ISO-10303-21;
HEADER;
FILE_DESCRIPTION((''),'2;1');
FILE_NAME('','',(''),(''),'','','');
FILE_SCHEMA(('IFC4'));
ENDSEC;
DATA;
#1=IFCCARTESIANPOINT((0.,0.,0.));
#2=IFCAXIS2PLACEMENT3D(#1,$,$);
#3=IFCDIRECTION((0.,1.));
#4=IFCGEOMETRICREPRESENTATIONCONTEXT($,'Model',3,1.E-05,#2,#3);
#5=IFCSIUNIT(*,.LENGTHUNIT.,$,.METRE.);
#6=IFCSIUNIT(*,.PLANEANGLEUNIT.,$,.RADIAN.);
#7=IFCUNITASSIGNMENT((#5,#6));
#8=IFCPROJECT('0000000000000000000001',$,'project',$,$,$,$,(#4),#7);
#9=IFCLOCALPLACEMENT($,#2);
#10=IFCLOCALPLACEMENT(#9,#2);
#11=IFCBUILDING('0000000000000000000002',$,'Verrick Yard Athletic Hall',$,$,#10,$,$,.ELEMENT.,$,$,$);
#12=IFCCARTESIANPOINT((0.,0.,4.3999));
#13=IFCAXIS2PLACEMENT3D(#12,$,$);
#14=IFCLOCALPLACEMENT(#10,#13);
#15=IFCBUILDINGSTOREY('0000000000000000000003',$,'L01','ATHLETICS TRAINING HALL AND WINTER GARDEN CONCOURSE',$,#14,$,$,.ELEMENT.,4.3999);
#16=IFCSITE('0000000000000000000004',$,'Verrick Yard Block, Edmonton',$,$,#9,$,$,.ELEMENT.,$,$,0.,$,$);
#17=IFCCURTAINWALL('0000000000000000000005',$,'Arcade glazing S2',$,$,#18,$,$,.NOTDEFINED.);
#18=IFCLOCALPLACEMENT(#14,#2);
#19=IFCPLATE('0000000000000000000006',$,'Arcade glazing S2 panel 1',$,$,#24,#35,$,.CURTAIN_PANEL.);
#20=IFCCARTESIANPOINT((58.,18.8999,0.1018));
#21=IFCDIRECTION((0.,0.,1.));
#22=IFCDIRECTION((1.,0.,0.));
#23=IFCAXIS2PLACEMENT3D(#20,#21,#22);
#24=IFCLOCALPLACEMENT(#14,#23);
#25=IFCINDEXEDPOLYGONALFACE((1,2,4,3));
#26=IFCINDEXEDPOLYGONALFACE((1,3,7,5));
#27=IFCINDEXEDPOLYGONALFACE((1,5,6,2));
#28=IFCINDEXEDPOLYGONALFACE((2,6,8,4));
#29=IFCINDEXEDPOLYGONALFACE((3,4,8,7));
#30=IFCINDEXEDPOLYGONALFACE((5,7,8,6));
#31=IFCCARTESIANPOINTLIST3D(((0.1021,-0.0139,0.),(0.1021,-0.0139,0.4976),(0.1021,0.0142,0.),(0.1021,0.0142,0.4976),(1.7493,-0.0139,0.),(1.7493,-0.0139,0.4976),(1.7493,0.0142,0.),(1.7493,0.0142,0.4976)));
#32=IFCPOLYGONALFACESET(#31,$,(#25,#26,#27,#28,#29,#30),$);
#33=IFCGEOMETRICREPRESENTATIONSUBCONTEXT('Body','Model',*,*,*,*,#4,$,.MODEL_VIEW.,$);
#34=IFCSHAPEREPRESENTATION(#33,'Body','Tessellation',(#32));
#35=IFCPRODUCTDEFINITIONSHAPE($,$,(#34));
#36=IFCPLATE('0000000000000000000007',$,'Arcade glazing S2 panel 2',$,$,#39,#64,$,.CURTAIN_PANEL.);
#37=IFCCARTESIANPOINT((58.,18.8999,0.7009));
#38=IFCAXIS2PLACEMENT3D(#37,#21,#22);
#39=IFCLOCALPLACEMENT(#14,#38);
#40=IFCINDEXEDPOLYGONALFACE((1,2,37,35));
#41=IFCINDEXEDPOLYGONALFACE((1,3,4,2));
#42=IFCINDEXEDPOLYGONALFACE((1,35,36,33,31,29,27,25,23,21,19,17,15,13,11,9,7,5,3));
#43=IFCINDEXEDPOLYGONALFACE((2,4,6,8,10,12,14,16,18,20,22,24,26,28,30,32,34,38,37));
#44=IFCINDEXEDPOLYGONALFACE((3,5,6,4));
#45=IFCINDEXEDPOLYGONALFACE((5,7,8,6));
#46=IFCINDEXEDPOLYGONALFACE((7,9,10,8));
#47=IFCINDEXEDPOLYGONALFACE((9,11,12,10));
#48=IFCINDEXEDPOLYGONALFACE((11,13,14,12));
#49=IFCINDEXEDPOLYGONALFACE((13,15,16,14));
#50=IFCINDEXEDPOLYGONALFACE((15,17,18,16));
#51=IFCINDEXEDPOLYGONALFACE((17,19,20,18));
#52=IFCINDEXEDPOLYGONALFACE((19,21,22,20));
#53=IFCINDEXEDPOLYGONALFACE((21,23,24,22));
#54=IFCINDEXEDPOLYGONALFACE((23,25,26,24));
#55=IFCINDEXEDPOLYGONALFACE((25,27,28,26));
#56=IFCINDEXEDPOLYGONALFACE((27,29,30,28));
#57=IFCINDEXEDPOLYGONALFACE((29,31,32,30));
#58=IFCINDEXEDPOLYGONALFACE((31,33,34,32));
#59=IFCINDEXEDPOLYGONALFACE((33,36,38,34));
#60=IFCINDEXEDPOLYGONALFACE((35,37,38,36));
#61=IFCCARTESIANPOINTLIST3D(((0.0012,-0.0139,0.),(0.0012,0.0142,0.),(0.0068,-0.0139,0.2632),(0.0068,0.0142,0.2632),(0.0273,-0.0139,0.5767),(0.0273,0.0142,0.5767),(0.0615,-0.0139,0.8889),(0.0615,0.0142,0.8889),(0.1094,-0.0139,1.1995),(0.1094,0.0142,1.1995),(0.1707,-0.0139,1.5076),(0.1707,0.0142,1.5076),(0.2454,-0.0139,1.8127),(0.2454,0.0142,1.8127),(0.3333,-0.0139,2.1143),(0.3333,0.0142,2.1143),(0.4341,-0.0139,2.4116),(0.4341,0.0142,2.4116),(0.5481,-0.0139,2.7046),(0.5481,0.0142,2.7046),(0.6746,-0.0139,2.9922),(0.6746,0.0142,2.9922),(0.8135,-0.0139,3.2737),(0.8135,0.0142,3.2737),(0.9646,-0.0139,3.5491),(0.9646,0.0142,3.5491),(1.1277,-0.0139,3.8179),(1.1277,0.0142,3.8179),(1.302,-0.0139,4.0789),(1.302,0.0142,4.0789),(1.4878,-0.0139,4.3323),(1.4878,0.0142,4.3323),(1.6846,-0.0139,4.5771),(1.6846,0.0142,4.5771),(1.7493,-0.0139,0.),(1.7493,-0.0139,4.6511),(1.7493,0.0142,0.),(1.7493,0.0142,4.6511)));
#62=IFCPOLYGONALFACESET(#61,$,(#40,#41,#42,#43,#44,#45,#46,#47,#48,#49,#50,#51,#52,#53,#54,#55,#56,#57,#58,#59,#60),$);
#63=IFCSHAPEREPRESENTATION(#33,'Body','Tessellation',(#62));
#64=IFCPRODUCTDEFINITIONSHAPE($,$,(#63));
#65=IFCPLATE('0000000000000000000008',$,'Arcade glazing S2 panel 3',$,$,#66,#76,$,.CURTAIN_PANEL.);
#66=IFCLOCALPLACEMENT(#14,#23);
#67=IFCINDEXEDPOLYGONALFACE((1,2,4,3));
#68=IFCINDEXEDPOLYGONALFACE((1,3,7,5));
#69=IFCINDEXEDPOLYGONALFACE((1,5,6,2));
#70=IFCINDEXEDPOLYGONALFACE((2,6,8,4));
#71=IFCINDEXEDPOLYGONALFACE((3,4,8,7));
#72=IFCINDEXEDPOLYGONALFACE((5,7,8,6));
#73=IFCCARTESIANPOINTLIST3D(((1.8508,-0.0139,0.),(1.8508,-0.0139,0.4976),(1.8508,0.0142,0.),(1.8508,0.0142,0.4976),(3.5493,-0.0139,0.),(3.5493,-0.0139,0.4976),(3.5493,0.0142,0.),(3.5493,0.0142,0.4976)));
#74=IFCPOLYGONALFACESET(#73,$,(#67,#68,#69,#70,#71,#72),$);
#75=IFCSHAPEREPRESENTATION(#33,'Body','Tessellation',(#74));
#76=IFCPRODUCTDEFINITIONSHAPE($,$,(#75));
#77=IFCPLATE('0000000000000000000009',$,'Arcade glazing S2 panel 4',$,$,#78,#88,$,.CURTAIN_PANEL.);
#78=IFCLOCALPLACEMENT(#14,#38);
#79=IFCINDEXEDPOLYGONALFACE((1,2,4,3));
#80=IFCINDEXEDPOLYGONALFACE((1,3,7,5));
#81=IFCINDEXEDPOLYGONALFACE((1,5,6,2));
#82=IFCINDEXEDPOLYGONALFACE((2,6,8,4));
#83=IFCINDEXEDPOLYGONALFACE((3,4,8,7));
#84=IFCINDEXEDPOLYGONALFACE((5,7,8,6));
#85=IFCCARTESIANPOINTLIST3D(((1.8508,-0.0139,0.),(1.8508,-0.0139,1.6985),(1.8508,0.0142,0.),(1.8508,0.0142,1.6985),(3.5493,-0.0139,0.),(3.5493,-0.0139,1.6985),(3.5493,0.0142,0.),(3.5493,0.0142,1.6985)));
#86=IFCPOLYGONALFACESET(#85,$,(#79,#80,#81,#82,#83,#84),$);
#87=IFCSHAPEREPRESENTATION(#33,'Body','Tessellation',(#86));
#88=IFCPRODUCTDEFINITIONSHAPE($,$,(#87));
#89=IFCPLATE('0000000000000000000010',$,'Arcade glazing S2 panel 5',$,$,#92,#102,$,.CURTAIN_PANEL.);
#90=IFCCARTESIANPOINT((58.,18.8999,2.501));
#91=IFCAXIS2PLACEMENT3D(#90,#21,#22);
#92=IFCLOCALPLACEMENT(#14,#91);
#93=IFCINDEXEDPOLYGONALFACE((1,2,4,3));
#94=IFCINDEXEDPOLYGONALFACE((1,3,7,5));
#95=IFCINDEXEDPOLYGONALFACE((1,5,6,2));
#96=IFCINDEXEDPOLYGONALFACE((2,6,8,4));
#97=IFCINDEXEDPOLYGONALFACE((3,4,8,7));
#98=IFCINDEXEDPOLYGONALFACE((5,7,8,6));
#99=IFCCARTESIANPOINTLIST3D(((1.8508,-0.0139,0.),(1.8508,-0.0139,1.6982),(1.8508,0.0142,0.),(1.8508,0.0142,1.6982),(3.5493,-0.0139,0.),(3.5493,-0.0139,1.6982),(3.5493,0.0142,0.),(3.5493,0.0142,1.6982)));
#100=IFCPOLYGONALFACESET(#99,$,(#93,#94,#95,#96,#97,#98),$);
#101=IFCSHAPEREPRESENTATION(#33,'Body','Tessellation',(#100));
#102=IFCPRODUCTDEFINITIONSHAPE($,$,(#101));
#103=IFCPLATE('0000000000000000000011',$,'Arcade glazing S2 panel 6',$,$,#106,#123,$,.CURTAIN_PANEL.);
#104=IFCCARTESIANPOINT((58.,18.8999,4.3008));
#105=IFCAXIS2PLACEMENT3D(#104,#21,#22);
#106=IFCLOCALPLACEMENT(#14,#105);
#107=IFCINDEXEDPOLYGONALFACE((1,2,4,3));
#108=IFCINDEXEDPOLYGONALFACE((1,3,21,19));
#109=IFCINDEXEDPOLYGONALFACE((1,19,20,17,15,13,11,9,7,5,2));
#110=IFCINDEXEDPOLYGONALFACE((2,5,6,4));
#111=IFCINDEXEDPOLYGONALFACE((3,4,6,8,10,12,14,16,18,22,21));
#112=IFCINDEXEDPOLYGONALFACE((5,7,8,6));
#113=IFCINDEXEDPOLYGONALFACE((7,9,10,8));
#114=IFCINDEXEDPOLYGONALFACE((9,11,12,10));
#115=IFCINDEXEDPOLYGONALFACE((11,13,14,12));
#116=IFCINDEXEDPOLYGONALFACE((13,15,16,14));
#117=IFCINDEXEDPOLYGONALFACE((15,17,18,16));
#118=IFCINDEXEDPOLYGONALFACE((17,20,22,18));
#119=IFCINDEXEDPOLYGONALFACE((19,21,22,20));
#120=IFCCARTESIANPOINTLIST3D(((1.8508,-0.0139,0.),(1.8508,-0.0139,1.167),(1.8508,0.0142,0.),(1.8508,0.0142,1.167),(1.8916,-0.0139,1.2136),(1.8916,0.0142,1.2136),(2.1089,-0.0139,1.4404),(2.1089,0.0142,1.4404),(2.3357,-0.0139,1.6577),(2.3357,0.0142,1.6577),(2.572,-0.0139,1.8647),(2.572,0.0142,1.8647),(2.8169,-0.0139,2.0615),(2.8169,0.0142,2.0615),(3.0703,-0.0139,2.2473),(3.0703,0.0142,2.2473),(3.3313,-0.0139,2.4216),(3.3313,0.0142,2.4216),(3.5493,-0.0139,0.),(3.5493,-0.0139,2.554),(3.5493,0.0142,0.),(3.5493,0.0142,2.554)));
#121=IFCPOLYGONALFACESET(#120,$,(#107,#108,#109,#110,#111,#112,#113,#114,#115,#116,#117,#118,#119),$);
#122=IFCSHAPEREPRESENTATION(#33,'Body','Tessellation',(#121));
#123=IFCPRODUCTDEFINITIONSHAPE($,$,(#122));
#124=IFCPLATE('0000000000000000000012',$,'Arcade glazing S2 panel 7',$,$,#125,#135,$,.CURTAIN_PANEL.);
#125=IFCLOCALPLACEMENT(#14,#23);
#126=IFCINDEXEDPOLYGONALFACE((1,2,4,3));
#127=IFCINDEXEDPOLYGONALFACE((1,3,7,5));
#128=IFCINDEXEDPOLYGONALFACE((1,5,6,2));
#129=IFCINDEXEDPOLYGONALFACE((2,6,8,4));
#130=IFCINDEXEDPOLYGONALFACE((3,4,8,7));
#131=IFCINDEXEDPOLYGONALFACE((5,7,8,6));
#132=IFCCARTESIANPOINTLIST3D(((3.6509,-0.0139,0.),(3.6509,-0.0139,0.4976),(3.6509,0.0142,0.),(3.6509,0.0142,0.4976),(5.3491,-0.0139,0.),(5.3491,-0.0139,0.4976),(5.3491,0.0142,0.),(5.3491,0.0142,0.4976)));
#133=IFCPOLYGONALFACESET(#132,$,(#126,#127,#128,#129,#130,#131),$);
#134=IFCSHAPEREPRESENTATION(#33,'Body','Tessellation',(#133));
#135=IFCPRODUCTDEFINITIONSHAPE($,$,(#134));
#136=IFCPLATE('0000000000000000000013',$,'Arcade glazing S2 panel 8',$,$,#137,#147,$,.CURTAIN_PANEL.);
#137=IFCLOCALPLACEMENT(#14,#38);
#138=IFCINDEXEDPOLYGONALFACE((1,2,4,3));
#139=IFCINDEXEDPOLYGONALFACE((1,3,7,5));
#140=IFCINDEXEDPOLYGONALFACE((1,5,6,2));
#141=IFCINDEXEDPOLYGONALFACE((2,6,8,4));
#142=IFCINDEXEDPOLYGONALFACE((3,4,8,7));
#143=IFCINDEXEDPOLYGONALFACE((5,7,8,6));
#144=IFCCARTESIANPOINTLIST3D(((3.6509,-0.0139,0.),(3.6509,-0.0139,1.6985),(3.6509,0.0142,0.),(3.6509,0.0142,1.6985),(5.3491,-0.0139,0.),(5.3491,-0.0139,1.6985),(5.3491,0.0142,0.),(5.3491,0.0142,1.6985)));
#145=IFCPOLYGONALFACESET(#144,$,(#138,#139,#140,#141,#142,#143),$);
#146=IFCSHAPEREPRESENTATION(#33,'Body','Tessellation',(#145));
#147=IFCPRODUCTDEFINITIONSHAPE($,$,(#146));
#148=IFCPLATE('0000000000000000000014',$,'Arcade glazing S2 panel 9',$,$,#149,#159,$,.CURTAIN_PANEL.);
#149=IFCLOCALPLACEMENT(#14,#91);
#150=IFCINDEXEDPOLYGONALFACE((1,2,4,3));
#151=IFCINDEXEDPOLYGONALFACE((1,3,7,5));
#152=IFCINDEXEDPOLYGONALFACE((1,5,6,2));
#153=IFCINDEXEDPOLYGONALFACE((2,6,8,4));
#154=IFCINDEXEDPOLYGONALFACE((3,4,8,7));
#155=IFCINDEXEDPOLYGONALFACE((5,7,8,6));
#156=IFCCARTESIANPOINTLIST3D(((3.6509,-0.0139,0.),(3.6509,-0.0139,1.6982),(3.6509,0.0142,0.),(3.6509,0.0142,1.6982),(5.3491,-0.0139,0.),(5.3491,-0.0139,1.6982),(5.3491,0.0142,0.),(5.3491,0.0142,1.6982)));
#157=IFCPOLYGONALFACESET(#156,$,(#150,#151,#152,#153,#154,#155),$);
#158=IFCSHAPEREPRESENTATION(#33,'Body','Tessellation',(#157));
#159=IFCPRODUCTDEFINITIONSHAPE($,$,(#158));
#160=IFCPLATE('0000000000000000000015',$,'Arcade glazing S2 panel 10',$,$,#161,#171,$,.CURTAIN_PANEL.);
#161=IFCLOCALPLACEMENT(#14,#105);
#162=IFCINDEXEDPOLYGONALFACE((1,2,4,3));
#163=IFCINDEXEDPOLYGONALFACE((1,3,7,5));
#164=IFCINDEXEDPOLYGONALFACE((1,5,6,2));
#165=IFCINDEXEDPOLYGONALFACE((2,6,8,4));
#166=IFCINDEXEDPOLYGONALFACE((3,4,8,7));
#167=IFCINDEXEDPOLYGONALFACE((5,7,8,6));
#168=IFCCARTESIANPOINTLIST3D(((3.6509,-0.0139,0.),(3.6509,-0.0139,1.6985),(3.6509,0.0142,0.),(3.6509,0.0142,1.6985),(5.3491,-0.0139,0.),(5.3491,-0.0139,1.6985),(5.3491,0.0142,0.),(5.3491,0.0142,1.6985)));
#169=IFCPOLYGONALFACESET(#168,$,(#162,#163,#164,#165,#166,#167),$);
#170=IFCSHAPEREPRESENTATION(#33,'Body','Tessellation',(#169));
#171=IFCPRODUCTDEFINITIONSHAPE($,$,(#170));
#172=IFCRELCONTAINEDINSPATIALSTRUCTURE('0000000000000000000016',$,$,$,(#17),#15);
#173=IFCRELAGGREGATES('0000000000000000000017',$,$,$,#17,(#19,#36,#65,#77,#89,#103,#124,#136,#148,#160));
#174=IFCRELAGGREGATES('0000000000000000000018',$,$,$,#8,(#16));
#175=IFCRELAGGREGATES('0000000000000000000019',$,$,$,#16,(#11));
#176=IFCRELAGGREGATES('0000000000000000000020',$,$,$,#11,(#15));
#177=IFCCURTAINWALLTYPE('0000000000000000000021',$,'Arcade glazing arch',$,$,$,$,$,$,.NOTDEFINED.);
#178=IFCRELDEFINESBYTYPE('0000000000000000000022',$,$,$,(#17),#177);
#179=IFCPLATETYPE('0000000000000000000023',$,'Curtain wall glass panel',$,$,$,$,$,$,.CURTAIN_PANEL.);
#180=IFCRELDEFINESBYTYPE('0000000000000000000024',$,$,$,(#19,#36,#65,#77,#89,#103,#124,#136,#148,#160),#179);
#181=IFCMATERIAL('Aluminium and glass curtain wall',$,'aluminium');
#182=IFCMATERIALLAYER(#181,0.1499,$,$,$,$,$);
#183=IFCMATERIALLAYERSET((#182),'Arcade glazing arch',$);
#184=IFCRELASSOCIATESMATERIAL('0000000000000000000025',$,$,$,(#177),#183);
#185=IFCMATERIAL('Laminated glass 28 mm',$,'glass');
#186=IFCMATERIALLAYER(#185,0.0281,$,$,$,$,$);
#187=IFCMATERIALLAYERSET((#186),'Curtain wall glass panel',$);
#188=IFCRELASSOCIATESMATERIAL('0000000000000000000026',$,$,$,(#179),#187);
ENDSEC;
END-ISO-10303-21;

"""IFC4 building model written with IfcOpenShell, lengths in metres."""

from ifc_helpers import new_model, si_unit, direction, frame, origin, place, context, subcontext, project, spatial, polyline, outline, extrude, material, layer, layer_set, type_object, element, aggregate, save


model = new_model("IFC4")

# Units and contexts
model_context = context("Model", 3, precision=1e-05, world=origin(), true_north=direction((0.0, 1.0)))
body_context = subcontext(model_context, "Body", "Model", "MODEL_VIEW")
ifc_project = project(units=[si_unit("LENGTHUNIT", "METRE"), si_unit("PLANEANGLEUNIT", "RADIAN")], contexts=[model_context])

# Site, building, storey
site_placement = place(None, origin())
site = spatial("IfcSite", under=ifc_project, at=site_placement, Name="Verrick Yard Block, Edmonton", CompositionType="ELEMENT", RefElevation=0.0)
building_placement = place(site_placement, origin())
building = spatial("IfcBuilding", under=site, at=building_placement, Name="Verrick Yard Athletic Hall", CompositionType="ELEMENT")
storey_placement = place(building_placement, frame((0.0, 0.0, 4.3999)))
storey = spatial("IfcBuildingStorey", under=building, at=storey_placement, Name="L01", Description="ATHLETICS TRAINING HALL AND WINTER GARDEN CONCOURSE", CompositionType="ELEMENT", Elevation=4.3999)

# Shared definitions
ifc_material_1 = material(Name="Aluminium and glass curtain wall", Category="aluminium")
ifc_layer_1 = layer(ifc_material_1, 0.1499)
ifc_layer_set_1 = layer_set([ifc_layer_1], Name="Arcade glazing arch")
curtain_wall_type = type_object("IfcCurtainWallType", Name="Arcade glazing arch", PredefinedType="NOTDEFINED", material=ifc_layer_set_1)

# Curtain wall, plates
curtain_wall_1_placement = place(storey_placement, origin())
curtain_wall_1 = element("IfcCurtainWall", 1, at=curtain_wall_1_placement, inside=storey, type_object=curtain_wall_type, Name="Arcade glazing S2", PredefinedType="NOTDEFINED")
ifc_material_2 = material(Name="Laminated glass 28 mm", Category="glass")
ifc_layer_2 = layer(ifc_material_2, 0.0281)
ifc_layer_set_2 = layer_set([ifc_layer_2], Name="Curtain wall glass panel")
plate_type = type_object("IfcPlateType", Name="Curtain wall glass panel", PredefinedType="CURTAIN_PANEL", material=ifc_layer_set_2)
plate_1_placement = place(storey_placement, frame((58.0, 18.8999, 0.1018), z_axis=(0.0, 0.0, 1.0), x_axis=(1.0, 0.0, 0.0)))
plate_1 = element("IfcPlate", 2, at=plate_1_placement, type_object=plate_type, Name="Arcade glazing S2 panel 1", PredefinedType="CURTAIN_PANEL", context=body_context, shape_type="SweptSolid", body=[
    extrude(outline(polyline([(1.7493, 0.0), (1.7493, 0.4976), (0.1021, 0.4976), (0.1021, 0.0), (1.7493, 0.0)])), frame((0.0, 0.0142, 0.0), z_axis=(0.0, -1.0, 0.0), x_axis=(1.0, 0.0, 0.0)), (0.0, 0.0, 1.0), 0.0281),
])
plate_2_placement = place(storey_placement, frame((58.0, 18.8999, 0.7009), z_axis=(0.0, 0.0, 1.0), x_axis=(1.0, 0.0, 0.0)))
plate_2 = element("IfcPlate", 3, at=plate_2_placement, type_object=plate_type, Name="Arcade glazing S2 panel 2", PredefinedType="CURTAIN_PANEL", context=body_context, shape_type="SweptSolid", body=[
    extrude(outline(polyline([(1.7493, 4.6511), (1.6846, 4.5771), (1.4878, 4.3323), (1.302, 4.0789), (1.1277, 3.8179), (0.9646, 3.5491), (0.8135, 3.2737), (0.6746, 2.9922), (0.5481, 2.7046), (0.4341, 2.4116), (0.3333, 2.1143), (0.2454, 1.8127), (0.1707, 1.5076), (0.1094, 1.1995), (0.0615, 0.8889), (0.0273, 0.5767), (0.0068, 0.2632), (0.0012, 0.0), (1.7493, 0.0), (1.7493, 4.6511)])), frame((0.0, 0.0142, 0.0), z_axis=(0.0, -1.0, 0.0), x_axis=(1.0, 0.0, 0.0)), (0.0, 0.0, 1.0), 0.0281),
])
plate_3_placement = place(storey_placement, frame((58.0, 18.8999, 0.1018), z_axis=(0.0, 0.0, 1.0), x_axis=(1.0, 0.0, 0.0)))
plate_3 = element("IfcPlate", 4, at=plate_3_placement, type_object=plate_type, Name="Arcade glazing S2 panel 3", PredefinedType="CURTAIN_PANEL", context=body_context, shape_type="SweptSolid", body=[
    extrude(outline(polyline([(3.5493, 0.0), (3.5493, 0.4976), (1.8508, 0.4976), (1.8508, 0.0), (3.5493, 0.0)])), frame((0.0, 0.0142, 0.0), z_axis=(0.0, -1.0, 0.0), x_axis=(1.0, 0.0, 0.0)), (0.0, 0.0, 1.0), 0.0281),
])
plate_4_placement = place(storey_placement, frame((58.0, 18.8999, 0.7009), z_axis=(0.0, 0.0, 1.0), x_axis=(1.0, 0.0, 0.0)))
plate_4 = element("IfcPlate", 5, at=plate_4_placement, type_object=plate_type, Name="Arcade glazing S2 panel 4", PredefinedType="CURTAIN_PANEL", context=body_context, shape_type="SweptSolid", body=[
    extrude(outline(polyline([(3.5493, 0.0), (3.5493, 1.6985), (1.8508, 1.6985), (1.8508, 0.0), (3.5493, 0.0)])), frame((0.0, 0.0142, 0.0), z_axis=(0.0, -1.0, 0.0), x_axis=(1.0, 0.0, 0.0)), (0.0, 0.0, 1.0), 0.0281),
])
plate_5_placement = place(storey_placement, frame((58.0, 18.8999, 2.501), z_axis=(0.0, 0.0, 1.0), x_axis=(1.0, 0.0, 0.0)))
plate_5 = element("IfcPlate", 6, at=plate_5_placement, type_object=plate_type, Name="Arcade glazing S2 panel 5", PredefinedType="CURTAIN_PANEL", context=body_context, shape_type="SweptSolid", body=[
    extrude(outline(polyline([(3.5493, 0.0), (3.5493, 1.6982), (1.8508, 1.6982), (1.8508, 0.0), (3.5493, 0.0)])), frame((0.0, 0.0142, 0.0), z_axis=(0.0, -1.0, 0.0), x_axis=(1.0, 0.0, 0.0)), (0.0, 0.0, 1.0), 0.0281),
])
plate_6_placement = place(storey_placement, frame((58.0, 18.8999, 4.3008), z_axis=(0.0, 0.0, 1.0), x_axis=(1.0, 0.0, 0.0)))
plate_6 = element("IfcPlate", 7, at=plate_6_placement, type_object=plate_type, Name="Arcade glazing S2 panel 6", PredefinedType="CURTAIN_PANEL", context=body_context, shape_type="SweptSolid", body=[
    extrude(outline(polyline([(3.5493, 2.554), (3.3313, 2.4216), (3.0703, 2.2473), (2.8169, 2.0615), (2.572, 1.8647), (2.3357, 1.6577), (2.1089, 1.4404), (1.8916, 1.2136), (1.8508, 1.167), (1.8508, 0.0), (3.5493, 0.0), (3.5493, 2.554)])), frame((0.0, 0.0142, 0.0), z_axis=(0.0, -1.0, 0.0), x_axis=(1.0, 0.0, 0.0)), (0.0, 0.0, 1.0), 0.0281),
])
plate_7_placement = place(storey_placement, frame((58.0, 18.8999, 0.1018), z_axis=(0.0, 0.0, 1.0), x_axis=(1.0, 0.0, 0.0)))
plate_7 = element("IfcPlate", 8, at=plate_7_placement, type_object=plate_type, Name="Arcade glazing S2 panel 7", PredefinedType="CURTAIN_PANEL", context=body_context, shape_type="SweptSolid", body=[
    extrude(outline(polyline([(5.3491, 0.0), (5.3491, 0.4976), (3.6509, 0.4976), (3.6509, 0.0), (5.3491, 0.0)])), frame((0.0, 0.0142, 0.0), z_axis=(0.0, -1.0, 0.0), x_axis=(1.0, 0.0, 0.0)), (0.0, 0.0, 1.0), 0.0281),
])
plate_8_placement = place(storey_placement, frame((58.0, 18.8999, 0.7009), z_axis=(0.0, 0.0, 1.0), x_axis=(1.0, 0.0, 0.0)))
plate_8 = element("IfcPlate", 9, at=plate_8_placement, type_object=plate_type, Name="Arcade glazing S2 panel 8", PredefinedType="CURTAIN_PANEL", context=body_context, shape_type="SweptSolid", body=[
    extrude(outline(polyline([(5.3491, 0.0), (5.3491, 1.6985), (3.6509, 1.6985), (3.6509, 0.0), (5.3491, 0.0)])), frame((0.0, 0.0142, 0.0), z_axis=(0.0, -1.0, 0.0), x_axis=(1.0, 0.0, 0.0)), (0.0, 0.0, 1.0), 0.0281),
])
plate_9_placement = place(storey_placement, frame((58.0, 18.8999, 2.501), z_axis=(0.0, 0.0, 1.0), x_axis=(1.0, 0.0, 0.0)))
plate_9 = element("IfcPlate", 10, at=plate_9_placement, type_object=plate_type, Name="Arcade glazing S2 panel 9", PredefinedType="CURTAIN_PANEL", context=body_context, shape_type="SweptSolid", body=[
    extrude(outline(polyline([(5.3491, 0.0), (5.3491, 1.6982), (3.6509, 1.6982), (3.6509, 0.0), (5.3491, 0.0)])), frame((0.0, 0.0142, 0.0), z_axis=(0.0, -1.0, 0.0), x_axis=(1.0, 0.0, 0.0)), (0.0, 0.0, 1.0), 0.0281),
])
plate_10_placement = place(storey_placement, frame((58.0, 18.8999, 4.3008), z_axis=(0.0, 0.0, 1.0), x_axis=(1.0, 0.0, 0.0)))
plate_10 = element("IfcPlate", 11, at=plate_10_placement, type_object=plate_type, Name="Arcade glazing S2 panel 10", PredefinedType="CURTAIN_PANEL", context=body_context, shape_type="SweptSolid", body=[
    extrude(outline(polyline([(5.3491, 0.0), (5.3491, 1.6985), (3.6509, 1.6985), (3.6509, 0.0), (5.3491, 0.0)])), frame((0.0, 0.0142, 0.0), z_axis=(0.0, -1.0, 0.0), x_axis=(1.0, 0.0, 0.0)), (0.0, 0.0, 1.0), 0.0281),
])
aggregate(curtain_wall_1, [plate_1, plate_2, plate_3, plate_4, plate_5, plate_6, plate_7, plate_8, plate_9, plate_10])

save(model, "model.ifc")
